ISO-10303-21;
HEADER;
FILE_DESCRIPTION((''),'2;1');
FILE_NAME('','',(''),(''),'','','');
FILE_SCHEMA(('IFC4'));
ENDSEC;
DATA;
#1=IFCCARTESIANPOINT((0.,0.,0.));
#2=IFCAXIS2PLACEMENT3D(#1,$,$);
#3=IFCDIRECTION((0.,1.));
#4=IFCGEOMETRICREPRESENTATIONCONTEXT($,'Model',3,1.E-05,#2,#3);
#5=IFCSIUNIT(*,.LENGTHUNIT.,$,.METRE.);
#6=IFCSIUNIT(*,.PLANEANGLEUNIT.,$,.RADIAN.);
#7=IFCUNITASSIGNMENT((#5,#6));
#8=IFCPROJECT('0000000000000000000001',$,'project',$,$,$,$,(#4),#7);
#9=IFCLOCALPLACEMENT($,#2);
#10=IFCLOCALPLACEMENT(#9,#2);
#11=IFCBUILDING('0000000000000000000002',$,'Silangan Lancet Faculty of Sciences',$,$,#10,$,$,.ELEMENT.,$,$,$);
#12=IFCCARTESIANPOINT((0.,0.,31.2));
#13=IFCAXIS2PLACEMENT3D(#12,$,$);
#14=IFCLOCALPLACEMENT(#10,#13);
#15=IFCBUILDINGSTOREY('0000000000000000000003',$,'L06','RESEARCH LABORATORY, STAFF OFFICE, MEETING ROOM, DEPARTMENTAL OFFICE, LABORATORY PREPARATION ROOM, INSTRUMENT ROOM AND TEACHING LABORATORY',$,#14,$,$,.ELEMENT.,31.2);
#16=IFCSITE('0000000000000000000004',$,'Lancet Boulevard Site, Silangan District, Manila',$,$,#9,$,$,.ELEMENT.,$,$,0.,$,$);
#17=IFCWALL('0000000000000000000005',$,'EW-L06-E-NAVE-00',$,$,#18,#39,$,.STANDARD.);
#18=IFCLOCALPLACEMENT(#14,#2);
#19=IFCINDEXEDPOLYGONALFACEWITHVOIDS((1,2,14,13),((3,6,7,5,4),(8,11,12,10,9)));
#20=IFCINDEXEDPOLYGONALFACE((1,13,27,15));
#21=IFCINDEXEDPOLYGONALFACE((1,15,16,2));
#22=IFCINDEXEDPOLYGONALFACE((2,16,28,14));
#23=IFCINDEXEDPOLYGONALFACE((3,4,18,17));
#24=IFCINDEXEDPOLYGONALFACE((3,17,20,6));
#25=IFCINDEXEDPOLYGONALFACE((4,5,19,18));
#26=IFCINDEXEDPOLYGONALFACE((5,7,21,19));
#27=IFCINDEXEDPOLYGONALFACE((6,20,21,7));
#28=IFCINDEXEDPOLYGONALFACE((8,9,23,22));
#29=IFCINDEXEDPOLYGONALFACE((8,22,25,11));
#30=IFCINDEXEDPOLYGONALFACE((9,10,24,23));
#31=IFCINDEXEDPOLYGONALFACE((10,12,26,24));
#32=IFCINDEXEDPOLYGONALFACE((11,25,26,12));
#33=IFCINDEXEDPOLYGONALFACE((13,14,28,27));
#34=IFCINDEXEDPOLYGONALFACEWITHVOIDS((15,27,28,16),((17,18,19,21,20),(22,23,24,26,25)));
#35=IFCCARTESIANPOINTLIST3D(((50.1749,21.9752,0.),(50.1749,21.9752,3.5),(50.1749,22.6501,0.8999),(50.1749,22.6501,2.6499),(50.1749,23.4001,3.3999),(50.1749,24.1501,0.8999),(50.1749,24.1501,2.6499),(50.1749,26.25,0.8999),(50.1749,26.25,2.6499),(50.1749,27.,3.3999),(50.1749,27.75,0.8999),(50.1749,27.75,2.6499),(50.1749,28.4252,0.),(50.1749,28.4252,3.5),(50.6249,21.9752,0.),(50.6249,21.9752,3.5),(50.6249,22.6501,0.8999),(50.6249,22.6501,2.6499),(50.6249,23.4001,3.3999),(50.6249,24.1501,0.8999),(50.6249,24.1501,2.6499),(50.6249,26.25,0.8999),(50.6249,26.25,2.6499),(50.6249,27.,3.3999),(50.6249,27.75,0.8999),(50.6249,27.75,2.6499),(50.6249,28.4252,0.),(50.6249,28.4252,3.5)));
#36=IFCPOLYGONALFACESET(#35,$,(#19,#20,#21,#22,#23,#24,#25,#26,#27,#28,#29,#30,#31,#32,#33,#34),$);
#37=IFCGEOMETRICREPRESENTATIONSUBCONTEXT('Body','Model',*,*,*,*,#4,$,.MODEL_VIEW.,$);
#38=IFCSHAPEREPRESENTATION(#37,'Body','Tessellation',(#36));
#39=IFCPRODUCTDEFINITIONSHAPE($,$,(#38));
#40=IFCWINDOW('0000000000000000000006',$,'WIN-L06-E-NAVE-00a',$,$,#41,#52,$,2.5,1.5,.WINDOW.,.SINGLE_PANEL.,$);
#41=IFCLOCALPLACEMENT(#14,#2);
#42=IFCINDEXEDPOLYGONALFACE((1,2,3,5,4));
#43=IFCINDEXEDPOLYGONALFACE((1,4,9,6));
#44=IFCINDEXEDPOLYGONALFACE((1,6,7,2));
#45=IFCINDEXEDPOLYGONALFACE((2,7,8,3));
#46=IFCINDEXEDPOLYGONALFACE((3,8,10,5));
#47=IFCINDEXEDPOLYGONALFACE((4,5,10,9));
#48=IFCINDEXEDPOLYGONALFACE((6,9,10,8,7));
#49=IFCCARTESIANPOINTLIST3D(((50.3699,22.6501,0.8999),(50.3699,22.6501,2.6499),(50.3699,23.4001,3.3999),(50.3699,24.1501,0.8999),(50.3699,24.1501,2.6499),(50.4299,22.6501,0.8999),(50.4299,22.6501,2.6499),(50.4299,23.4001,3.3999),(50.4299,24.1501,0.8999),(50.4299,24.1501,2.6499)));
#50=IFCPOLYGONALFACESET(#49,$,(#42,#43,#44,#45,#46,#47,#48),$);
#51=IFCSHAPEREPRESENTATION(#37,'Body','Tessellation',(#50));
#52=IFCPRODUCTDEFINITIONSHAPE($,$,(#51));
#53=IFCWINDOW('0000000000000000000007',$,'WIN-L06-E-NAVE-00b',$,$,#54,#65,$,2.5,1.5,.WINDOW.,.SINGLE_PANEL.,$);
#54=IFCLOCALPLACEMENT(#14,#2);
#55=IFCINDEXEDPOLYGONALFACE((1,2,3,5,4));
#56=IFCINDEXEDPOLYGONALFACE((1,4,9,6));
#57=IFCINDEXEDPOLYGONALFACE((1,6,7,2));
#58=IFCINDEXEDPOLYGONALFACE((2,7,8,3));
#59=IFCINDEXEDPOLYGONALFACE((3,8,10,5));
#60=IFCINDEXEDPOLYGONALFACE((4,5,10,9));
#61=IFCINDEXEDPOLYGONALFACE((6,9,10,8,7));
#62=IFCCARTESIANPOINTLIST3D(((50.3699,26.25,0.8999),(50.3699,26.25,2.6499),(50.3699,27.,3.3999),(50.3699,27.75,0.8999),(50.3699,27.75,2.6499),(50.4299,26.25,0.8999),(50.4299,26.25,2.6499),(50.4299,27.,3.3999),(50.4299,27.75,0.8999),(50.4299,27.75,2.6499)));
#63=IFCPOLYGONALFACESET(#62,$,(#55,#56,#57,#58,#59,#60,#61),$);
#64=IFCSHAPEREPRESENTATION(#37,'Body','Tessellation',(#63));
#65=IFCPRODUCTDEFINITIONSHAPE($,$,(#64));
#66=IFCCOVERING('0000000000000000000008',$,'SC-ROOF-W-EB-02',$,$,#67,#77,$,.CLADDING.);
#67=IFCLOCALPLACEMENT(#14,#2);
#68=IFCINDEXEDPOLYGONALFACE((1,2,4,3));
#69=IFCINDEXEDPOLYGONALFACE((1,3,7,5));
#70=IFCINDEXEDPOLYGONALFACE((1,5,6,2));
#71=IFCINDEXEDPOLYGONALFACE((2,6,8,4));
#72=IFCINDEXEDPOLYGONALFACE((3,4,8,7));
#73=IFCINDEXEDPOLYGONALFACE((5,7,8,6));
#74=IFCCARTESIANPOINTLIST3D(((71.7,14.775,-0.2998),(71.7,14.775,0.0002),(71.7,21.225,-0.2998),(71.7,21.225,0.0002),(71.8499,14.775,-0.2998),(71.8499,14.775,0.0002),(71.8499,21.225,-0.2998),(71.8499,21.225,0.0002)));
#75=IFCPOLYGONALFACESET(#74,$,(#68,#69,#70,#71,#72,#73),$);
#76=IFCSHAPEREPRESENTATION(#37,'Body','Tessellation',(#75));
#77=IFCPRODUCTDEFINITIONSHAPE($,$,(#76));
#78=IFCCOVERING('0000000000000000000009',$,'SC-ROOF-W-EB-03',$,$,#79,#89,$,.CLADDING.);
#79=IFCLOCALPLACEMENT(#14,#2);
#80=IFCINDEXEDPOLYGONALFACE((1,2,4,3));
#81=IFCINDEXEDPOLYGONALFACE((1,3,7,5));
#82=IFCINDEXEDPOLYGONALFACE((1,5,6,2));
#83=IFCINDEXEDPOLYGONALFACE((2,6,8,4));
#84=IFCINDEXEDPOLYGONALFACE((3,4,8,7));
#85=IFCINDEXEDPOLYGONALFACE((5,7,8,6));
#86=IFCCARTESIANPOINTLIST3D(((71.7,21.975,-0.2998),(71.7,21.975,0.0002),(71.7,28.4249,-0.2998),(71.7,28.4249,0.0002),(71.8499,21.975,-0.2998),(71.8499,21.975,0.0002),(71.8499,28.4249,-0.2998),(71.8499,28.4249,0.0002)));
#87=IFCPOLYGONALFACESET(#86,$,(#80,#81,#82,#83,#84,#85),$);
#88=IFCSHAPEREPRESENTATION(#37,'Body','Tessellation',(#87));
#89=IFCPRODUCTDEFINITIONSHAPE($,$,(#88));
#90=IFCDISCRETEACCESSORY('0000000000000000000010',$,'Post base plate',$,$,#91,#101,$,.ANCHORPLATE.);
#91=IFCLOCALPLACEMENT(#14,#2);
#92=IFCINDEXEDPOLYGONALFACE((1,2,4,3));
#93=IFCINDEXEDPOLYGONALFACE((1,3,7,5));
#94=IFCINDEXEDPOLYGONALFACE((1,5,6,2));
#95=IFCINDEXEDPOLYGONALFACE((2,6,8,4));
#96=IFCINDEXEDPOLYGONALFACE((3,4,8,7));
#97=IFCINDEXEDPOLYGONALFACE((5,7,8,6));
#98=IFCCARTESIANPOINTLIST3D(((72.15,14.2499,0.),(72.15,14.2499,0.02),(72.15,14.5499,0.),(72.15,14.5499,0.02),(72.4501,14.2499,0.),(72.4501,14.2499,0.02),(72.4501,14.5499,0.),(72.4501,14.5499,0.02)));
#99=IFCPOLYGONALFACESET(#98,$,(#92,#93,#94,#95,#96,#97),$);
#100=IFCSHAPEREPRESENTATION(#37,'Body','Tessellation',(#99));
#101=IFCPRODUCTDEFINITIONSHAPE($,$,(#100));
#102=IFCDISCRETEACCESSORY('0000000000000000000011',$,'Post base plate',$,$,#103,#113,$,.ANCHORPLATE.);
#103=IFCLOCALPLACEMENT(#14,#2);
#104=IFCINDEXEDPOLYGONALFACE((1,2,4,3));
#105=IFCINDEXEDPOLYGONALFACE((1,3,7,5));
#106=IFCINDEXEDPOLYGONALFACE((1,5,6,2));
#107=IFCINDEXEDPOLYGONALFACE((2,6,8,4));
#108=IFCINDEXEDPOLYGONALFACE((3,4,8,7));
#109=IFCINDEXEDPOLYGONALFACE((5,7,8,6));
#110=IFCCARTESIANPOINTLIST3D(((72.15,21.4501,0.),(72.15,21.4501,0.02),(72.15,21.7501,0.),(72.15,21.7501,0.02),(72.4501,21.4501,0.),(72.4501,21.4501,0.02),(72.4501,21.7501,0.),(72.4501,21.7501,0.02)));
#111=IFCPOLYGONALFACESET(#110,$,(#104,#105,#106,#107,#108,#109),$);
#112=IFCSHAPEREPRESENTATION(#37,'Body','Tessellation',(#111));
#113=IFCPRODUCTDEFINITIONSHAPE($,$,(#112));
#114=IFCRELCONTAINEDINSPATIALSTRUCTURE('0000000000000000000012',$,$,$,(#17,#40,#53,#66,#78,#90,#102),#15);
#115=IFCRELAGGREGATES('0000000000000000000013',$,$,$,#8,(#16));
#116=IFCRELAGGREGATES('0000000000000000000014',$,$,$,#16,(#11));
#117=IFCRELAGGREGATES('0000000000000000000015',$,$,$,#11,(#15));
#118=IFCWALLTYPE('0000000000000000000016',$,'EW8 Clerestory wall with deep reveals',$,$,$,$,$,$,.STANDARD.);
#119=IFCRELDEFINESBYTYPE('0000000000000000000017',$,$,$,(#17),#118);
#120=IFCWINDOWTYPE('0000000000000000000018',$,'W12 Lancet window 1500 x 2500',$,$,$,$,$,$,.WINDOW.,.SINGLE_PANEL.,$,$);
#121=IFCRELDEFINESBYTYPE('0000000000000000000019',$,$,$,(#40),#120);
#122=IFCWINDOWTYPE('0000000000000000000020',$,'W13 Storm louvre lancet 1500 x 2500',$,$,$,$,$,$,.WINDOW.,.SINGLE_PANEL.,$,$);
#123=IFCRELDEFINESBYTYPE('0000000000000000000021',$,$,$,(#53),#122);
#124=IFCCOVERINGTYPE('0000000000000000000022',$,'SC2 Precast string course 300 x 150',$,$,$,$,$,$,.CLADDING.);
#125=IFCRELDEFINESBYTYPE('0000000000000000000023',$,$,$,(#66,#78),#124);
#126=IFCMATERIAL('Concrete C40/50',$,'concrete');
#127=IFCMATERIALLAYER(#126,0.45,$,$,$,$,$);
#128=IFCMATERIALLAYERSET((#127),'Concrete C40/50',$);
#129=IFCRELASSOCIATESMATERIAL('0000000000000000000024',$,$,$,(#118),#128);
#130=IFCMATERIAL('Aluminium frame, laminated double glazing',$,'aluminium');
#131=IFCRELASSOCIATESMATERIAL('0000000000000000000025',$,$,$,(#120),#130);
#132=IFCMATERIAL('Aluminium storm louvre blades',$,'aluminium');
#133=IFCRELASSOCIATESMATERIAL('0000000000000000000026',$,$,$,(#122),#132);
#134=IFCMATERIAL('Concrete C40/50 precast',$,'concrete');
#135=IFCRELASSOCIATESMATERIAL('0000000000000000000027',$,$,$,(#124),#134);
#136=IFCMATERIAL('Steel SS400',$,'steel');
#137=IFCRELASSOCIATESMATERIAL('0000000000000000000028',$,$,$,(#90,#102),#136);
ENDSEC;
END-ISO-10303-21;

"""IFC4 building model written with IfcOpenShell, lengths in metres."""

from ifc_helpers import new_model, si_unit, direction, frame, frame_2d, origin, origin_2d, place, context, subcontext, project, spatial, polyline, rectangle, outline, extrude, material, layer, layer_set, type_object, element, fill, save


model = new_model("IFC4")

# Units and contexts
model_context = context("Model", 3, precision=1e-05, world=origin(), true_north=direction((0.0, 1.0)))
body_context = subcontext(model_context, "Body", "Model", "MODEL_VIEW")
ifc_project = project(units=[si_unit("LENGTHUNIT", "METRE"), si_unit("PLANEANGLEUNIT", "RADIAN")], contexts=[model_context])

# Site, building, storey
site_placement = place(None, origin())
site = spatial("IfcSite", under=ifc_project, at=site_placement, Name="Lancet Boulevard Site, Silangan District, Manila", CompositionType="ELEMENT", RefElevation=0.0)
building_placement = place(site_placement, origin())
building = spatial("IfcBuilding", under=site, at=building_placement, Name="Silangan Lancet Faculty of Sciences", CompositionType="ELEMENT")
storey_placement = place(building_placement, frame((0.0, 0.0, 31.2)))
storey = spatial("IfcBuildingStorey", under=building, at=storey_placement, Name="L06", Description="RESEARCH LABORATORY, STAFF OFFICE, MEETING ROOM, DEPARTMENTAL OFFICE, LABORATORY PREPARATION ROOM, INSTRUMENT ROOM AND TEACHING LABORATORY", CompositionType="ELEMENT", Elevation=31.2)

# Wall, openings, windows
ifc_material_1 = material(Name="Concrete C40/50", Category="concrete")
ifc_layer_1 = layer(ifc_material_1, 0.45)
ifc_layer_set_1 = layer_set([ifc_layer_1], Name="Concrete C40/50")
wall_type = type_object("IfcWallType", Name="EW8 Clerestory wall with deep reveals", PredefinedType="STANDARD", material=ifc_layer_set_1)
wall_placement = place(storey_placement, frame((50.3999, 21.9751, 0.0), z_axis=(0.0, 0.0, 1.0), x_axis=(0.0, 1.0, 0.0)))
wall = element("IfcWall", 1, at=wall_placement, inside=storey, type_object=wall_type, Name="EW-L06-E-NAVE-00", PredefinedType="STANDARD", context=body_context, shape_type="SweptSolid", body=[
    extrude(rectangle(XDim=6.45, YDim=0.45, at=frame_2d((3.2251, 0.0))), origin(), (0.0, 0.0, 1.0), 3.5),
])
opening_1_placement = place(wall_placement, frame((0.675, 0.0, 0.8999)))
opening_1 = element("IfcOpeningElement", 2, at=opening_1_placement, cuts=wall, PredefinedType="OPENING", context=body_context, shape_type="SweptSolid", body=[
    extrude(outline(polyline([(0.0, 0.0), (1.5, 0.0), (1.5, 1.75), (0.75, 2.5), (0.0, 1.75), (0.0, 0.0)])), frame((0.0, 0.2349, 0.0), z_axis=(0.0, -1.0, 0.0), x_axis=(1.0, 0.0, 0.0)), (0.0, 0.0, 1.0), 0.47),
])
opening_2_placement = place(wall_placement, frame((4.2749, 0.0, 0.8999)))
opening_2 = element("IfcOpeningElement", 3, at=opening_2_placement, cuts=wall, PredefinedType="OPENING", context=body_context, shape_type="SweptSolid", body=[
    extrude(outline(polyline([(0.0, 0.0), (1.5, 0.0), (1.5, 1.75), (0.75, 2.5), (0.0, 1.75), (0.0, 0.0)])), frame((0.0, 0.2349, 0.0), z_axis=(0.0, -1.0, 0.0), x_axis=(1.0, 0.0, 0.0)), (0.0, 0.0, 1.0), 0.47),
])
ifc_material_2 = material(Name="Aluminium frame, laminated double glazing", Category="aluminium")
window_type_1 = type_object("IfcWindowType", Name="W12 Lancet window 1500 x 2500", PartitioningType="SINGLE_PANEL", PredefinedType="WINDOW", material=ifc_material_2)
window_1_placement = place(opening_1_placement, origin())
window_1 = element("IfcWindow", 4, at=window_1_placement, inside=storey, type_object=window_type_1, Name="WIN-L06-E-NAVE-00a", OverallHeight=2.5, OverallWidth=1.5, PartitioningType="SINGLE_PANEL", PredefinedType="WINDOW", context=body_context, shape_type="SweptSolid", body=[
    extrude(outline(polyline([(0.0, 0.0), (1.5, 0.0), (1.5, 1.75), (0.75, 2.5), (0.0, 1.75), (0.0, 0.0)])), frame((0.0, 0.03, 0.0), z_axis=(0.0, -1.0, 0.0), x_axis=(1.0, 0.0, 0.0)), (0.0, 0.0, 1.0), 0.0601),
])
fill(opening_1, window_1)
ifc_material_3 = material(Name="Aluminium storm louvre blades", Category="aluminium")
window_type_2 = type_object("IfcWindowType", Name="W13 Storm louvre lancet 1500 x 2500", PartitioningType="SINGLE_PANEL", PredefinedType="WINDOW", material=ifc_material_3)
window_2_placement = place(opening_2_placement, origin())
window_2 = element("IfcWindow", 5, at=window_2_placement, inside=storey, type_object=window_type_2, Name="WIN-L06-E-NAVE-00b", OverallHeight=2.5, OverallWidth=1.5, PartitioningType="SINGLE_PANEL", PredefinedType="WINDOW", context=body_context, shape_type="SweptSolid", body=[
    extrude(outline(polyline([(0.0, 0.0), (1.5, 0.0), (1.5, 1.75), (0.75, 2.5), (0.0, 1.75), (0.0, 0.0)])), frame((0.0, 0.03, 0.0), z_axis=(0.0, -1.0, 0.0), x_axis=(1.0, 0.0, 0.0)), (0.0, 0.0, 1.0), 0.0601),
])
fill(opening_2, window_2)

# Coverings
ifc_material_4 = material(Name="Concrete C40/50 precast", Category="concrete")
covering_type = type_object("IfcCoveringType", Name="SC2 Precast string course 300 x 150", PredefinedType="CLADDING", material=ifc_material_4)
for number, where, z_axis, x_axis, name in (
    (6, (71.7749, 18.0, -0.2998), (0.0, 0.0, 1.0), (1.0, 0.0, 0.0), "SC-ROOF-W-EB-02"),
    (7, (71.7749, 25.2, -0.2998), (0.0, 0.0, 1.0), (1.0, 0.0, 0.0), "SC-ROOF-W-EB-03"),
):
    element("IfcCovering", number, at=place(storey_placement, frame(where, z_axis=z_axis, x_axis=x_axis)), inside=storey, type_object=covering_type, Name=name, PredefinedType="CLADDING", context=body_context, shape_type="SweptSolid", body=[
        extrude(rectangle(XDim=0.1499, YDim=6.45, at=origin_2d()), origin(), (0.0, 0.0, 1.0), 0.3),
    ])

# Discrete accessories
ifc_material_5 = material(Name="Steel SS400", Category="steel")
for number, where, z_axis, x_axis, name in (
    (8, (72.3, 14.3999, 0.0), (0.0, 0.0, 1.0), (1.0, 0.0, 0.0), "Post base plate"),
    (9, (72.3, 21.6001, 0.0), (0.0, 0.0, 1.0), (1.0, 0.0, 0.0), "Post base plate"),
):
    element("IfcDiscreteAccessory", number, at=place(storey_placement, frame(where, z_axis=z_axis, x_axis=x_axis)), inside=storey, material=ifc_material_5, Name=name, PredefinedType="ANCHORPLATE", context=body_context, shape_type="SweptSolid", body=[
        extrude(rectangle(XDim=0.3, YDim=0.3, at=origin_2d()), origin(), (0.0, 0.0, 1.0), 0.02),
    ])

save(model, "model.ifc")
